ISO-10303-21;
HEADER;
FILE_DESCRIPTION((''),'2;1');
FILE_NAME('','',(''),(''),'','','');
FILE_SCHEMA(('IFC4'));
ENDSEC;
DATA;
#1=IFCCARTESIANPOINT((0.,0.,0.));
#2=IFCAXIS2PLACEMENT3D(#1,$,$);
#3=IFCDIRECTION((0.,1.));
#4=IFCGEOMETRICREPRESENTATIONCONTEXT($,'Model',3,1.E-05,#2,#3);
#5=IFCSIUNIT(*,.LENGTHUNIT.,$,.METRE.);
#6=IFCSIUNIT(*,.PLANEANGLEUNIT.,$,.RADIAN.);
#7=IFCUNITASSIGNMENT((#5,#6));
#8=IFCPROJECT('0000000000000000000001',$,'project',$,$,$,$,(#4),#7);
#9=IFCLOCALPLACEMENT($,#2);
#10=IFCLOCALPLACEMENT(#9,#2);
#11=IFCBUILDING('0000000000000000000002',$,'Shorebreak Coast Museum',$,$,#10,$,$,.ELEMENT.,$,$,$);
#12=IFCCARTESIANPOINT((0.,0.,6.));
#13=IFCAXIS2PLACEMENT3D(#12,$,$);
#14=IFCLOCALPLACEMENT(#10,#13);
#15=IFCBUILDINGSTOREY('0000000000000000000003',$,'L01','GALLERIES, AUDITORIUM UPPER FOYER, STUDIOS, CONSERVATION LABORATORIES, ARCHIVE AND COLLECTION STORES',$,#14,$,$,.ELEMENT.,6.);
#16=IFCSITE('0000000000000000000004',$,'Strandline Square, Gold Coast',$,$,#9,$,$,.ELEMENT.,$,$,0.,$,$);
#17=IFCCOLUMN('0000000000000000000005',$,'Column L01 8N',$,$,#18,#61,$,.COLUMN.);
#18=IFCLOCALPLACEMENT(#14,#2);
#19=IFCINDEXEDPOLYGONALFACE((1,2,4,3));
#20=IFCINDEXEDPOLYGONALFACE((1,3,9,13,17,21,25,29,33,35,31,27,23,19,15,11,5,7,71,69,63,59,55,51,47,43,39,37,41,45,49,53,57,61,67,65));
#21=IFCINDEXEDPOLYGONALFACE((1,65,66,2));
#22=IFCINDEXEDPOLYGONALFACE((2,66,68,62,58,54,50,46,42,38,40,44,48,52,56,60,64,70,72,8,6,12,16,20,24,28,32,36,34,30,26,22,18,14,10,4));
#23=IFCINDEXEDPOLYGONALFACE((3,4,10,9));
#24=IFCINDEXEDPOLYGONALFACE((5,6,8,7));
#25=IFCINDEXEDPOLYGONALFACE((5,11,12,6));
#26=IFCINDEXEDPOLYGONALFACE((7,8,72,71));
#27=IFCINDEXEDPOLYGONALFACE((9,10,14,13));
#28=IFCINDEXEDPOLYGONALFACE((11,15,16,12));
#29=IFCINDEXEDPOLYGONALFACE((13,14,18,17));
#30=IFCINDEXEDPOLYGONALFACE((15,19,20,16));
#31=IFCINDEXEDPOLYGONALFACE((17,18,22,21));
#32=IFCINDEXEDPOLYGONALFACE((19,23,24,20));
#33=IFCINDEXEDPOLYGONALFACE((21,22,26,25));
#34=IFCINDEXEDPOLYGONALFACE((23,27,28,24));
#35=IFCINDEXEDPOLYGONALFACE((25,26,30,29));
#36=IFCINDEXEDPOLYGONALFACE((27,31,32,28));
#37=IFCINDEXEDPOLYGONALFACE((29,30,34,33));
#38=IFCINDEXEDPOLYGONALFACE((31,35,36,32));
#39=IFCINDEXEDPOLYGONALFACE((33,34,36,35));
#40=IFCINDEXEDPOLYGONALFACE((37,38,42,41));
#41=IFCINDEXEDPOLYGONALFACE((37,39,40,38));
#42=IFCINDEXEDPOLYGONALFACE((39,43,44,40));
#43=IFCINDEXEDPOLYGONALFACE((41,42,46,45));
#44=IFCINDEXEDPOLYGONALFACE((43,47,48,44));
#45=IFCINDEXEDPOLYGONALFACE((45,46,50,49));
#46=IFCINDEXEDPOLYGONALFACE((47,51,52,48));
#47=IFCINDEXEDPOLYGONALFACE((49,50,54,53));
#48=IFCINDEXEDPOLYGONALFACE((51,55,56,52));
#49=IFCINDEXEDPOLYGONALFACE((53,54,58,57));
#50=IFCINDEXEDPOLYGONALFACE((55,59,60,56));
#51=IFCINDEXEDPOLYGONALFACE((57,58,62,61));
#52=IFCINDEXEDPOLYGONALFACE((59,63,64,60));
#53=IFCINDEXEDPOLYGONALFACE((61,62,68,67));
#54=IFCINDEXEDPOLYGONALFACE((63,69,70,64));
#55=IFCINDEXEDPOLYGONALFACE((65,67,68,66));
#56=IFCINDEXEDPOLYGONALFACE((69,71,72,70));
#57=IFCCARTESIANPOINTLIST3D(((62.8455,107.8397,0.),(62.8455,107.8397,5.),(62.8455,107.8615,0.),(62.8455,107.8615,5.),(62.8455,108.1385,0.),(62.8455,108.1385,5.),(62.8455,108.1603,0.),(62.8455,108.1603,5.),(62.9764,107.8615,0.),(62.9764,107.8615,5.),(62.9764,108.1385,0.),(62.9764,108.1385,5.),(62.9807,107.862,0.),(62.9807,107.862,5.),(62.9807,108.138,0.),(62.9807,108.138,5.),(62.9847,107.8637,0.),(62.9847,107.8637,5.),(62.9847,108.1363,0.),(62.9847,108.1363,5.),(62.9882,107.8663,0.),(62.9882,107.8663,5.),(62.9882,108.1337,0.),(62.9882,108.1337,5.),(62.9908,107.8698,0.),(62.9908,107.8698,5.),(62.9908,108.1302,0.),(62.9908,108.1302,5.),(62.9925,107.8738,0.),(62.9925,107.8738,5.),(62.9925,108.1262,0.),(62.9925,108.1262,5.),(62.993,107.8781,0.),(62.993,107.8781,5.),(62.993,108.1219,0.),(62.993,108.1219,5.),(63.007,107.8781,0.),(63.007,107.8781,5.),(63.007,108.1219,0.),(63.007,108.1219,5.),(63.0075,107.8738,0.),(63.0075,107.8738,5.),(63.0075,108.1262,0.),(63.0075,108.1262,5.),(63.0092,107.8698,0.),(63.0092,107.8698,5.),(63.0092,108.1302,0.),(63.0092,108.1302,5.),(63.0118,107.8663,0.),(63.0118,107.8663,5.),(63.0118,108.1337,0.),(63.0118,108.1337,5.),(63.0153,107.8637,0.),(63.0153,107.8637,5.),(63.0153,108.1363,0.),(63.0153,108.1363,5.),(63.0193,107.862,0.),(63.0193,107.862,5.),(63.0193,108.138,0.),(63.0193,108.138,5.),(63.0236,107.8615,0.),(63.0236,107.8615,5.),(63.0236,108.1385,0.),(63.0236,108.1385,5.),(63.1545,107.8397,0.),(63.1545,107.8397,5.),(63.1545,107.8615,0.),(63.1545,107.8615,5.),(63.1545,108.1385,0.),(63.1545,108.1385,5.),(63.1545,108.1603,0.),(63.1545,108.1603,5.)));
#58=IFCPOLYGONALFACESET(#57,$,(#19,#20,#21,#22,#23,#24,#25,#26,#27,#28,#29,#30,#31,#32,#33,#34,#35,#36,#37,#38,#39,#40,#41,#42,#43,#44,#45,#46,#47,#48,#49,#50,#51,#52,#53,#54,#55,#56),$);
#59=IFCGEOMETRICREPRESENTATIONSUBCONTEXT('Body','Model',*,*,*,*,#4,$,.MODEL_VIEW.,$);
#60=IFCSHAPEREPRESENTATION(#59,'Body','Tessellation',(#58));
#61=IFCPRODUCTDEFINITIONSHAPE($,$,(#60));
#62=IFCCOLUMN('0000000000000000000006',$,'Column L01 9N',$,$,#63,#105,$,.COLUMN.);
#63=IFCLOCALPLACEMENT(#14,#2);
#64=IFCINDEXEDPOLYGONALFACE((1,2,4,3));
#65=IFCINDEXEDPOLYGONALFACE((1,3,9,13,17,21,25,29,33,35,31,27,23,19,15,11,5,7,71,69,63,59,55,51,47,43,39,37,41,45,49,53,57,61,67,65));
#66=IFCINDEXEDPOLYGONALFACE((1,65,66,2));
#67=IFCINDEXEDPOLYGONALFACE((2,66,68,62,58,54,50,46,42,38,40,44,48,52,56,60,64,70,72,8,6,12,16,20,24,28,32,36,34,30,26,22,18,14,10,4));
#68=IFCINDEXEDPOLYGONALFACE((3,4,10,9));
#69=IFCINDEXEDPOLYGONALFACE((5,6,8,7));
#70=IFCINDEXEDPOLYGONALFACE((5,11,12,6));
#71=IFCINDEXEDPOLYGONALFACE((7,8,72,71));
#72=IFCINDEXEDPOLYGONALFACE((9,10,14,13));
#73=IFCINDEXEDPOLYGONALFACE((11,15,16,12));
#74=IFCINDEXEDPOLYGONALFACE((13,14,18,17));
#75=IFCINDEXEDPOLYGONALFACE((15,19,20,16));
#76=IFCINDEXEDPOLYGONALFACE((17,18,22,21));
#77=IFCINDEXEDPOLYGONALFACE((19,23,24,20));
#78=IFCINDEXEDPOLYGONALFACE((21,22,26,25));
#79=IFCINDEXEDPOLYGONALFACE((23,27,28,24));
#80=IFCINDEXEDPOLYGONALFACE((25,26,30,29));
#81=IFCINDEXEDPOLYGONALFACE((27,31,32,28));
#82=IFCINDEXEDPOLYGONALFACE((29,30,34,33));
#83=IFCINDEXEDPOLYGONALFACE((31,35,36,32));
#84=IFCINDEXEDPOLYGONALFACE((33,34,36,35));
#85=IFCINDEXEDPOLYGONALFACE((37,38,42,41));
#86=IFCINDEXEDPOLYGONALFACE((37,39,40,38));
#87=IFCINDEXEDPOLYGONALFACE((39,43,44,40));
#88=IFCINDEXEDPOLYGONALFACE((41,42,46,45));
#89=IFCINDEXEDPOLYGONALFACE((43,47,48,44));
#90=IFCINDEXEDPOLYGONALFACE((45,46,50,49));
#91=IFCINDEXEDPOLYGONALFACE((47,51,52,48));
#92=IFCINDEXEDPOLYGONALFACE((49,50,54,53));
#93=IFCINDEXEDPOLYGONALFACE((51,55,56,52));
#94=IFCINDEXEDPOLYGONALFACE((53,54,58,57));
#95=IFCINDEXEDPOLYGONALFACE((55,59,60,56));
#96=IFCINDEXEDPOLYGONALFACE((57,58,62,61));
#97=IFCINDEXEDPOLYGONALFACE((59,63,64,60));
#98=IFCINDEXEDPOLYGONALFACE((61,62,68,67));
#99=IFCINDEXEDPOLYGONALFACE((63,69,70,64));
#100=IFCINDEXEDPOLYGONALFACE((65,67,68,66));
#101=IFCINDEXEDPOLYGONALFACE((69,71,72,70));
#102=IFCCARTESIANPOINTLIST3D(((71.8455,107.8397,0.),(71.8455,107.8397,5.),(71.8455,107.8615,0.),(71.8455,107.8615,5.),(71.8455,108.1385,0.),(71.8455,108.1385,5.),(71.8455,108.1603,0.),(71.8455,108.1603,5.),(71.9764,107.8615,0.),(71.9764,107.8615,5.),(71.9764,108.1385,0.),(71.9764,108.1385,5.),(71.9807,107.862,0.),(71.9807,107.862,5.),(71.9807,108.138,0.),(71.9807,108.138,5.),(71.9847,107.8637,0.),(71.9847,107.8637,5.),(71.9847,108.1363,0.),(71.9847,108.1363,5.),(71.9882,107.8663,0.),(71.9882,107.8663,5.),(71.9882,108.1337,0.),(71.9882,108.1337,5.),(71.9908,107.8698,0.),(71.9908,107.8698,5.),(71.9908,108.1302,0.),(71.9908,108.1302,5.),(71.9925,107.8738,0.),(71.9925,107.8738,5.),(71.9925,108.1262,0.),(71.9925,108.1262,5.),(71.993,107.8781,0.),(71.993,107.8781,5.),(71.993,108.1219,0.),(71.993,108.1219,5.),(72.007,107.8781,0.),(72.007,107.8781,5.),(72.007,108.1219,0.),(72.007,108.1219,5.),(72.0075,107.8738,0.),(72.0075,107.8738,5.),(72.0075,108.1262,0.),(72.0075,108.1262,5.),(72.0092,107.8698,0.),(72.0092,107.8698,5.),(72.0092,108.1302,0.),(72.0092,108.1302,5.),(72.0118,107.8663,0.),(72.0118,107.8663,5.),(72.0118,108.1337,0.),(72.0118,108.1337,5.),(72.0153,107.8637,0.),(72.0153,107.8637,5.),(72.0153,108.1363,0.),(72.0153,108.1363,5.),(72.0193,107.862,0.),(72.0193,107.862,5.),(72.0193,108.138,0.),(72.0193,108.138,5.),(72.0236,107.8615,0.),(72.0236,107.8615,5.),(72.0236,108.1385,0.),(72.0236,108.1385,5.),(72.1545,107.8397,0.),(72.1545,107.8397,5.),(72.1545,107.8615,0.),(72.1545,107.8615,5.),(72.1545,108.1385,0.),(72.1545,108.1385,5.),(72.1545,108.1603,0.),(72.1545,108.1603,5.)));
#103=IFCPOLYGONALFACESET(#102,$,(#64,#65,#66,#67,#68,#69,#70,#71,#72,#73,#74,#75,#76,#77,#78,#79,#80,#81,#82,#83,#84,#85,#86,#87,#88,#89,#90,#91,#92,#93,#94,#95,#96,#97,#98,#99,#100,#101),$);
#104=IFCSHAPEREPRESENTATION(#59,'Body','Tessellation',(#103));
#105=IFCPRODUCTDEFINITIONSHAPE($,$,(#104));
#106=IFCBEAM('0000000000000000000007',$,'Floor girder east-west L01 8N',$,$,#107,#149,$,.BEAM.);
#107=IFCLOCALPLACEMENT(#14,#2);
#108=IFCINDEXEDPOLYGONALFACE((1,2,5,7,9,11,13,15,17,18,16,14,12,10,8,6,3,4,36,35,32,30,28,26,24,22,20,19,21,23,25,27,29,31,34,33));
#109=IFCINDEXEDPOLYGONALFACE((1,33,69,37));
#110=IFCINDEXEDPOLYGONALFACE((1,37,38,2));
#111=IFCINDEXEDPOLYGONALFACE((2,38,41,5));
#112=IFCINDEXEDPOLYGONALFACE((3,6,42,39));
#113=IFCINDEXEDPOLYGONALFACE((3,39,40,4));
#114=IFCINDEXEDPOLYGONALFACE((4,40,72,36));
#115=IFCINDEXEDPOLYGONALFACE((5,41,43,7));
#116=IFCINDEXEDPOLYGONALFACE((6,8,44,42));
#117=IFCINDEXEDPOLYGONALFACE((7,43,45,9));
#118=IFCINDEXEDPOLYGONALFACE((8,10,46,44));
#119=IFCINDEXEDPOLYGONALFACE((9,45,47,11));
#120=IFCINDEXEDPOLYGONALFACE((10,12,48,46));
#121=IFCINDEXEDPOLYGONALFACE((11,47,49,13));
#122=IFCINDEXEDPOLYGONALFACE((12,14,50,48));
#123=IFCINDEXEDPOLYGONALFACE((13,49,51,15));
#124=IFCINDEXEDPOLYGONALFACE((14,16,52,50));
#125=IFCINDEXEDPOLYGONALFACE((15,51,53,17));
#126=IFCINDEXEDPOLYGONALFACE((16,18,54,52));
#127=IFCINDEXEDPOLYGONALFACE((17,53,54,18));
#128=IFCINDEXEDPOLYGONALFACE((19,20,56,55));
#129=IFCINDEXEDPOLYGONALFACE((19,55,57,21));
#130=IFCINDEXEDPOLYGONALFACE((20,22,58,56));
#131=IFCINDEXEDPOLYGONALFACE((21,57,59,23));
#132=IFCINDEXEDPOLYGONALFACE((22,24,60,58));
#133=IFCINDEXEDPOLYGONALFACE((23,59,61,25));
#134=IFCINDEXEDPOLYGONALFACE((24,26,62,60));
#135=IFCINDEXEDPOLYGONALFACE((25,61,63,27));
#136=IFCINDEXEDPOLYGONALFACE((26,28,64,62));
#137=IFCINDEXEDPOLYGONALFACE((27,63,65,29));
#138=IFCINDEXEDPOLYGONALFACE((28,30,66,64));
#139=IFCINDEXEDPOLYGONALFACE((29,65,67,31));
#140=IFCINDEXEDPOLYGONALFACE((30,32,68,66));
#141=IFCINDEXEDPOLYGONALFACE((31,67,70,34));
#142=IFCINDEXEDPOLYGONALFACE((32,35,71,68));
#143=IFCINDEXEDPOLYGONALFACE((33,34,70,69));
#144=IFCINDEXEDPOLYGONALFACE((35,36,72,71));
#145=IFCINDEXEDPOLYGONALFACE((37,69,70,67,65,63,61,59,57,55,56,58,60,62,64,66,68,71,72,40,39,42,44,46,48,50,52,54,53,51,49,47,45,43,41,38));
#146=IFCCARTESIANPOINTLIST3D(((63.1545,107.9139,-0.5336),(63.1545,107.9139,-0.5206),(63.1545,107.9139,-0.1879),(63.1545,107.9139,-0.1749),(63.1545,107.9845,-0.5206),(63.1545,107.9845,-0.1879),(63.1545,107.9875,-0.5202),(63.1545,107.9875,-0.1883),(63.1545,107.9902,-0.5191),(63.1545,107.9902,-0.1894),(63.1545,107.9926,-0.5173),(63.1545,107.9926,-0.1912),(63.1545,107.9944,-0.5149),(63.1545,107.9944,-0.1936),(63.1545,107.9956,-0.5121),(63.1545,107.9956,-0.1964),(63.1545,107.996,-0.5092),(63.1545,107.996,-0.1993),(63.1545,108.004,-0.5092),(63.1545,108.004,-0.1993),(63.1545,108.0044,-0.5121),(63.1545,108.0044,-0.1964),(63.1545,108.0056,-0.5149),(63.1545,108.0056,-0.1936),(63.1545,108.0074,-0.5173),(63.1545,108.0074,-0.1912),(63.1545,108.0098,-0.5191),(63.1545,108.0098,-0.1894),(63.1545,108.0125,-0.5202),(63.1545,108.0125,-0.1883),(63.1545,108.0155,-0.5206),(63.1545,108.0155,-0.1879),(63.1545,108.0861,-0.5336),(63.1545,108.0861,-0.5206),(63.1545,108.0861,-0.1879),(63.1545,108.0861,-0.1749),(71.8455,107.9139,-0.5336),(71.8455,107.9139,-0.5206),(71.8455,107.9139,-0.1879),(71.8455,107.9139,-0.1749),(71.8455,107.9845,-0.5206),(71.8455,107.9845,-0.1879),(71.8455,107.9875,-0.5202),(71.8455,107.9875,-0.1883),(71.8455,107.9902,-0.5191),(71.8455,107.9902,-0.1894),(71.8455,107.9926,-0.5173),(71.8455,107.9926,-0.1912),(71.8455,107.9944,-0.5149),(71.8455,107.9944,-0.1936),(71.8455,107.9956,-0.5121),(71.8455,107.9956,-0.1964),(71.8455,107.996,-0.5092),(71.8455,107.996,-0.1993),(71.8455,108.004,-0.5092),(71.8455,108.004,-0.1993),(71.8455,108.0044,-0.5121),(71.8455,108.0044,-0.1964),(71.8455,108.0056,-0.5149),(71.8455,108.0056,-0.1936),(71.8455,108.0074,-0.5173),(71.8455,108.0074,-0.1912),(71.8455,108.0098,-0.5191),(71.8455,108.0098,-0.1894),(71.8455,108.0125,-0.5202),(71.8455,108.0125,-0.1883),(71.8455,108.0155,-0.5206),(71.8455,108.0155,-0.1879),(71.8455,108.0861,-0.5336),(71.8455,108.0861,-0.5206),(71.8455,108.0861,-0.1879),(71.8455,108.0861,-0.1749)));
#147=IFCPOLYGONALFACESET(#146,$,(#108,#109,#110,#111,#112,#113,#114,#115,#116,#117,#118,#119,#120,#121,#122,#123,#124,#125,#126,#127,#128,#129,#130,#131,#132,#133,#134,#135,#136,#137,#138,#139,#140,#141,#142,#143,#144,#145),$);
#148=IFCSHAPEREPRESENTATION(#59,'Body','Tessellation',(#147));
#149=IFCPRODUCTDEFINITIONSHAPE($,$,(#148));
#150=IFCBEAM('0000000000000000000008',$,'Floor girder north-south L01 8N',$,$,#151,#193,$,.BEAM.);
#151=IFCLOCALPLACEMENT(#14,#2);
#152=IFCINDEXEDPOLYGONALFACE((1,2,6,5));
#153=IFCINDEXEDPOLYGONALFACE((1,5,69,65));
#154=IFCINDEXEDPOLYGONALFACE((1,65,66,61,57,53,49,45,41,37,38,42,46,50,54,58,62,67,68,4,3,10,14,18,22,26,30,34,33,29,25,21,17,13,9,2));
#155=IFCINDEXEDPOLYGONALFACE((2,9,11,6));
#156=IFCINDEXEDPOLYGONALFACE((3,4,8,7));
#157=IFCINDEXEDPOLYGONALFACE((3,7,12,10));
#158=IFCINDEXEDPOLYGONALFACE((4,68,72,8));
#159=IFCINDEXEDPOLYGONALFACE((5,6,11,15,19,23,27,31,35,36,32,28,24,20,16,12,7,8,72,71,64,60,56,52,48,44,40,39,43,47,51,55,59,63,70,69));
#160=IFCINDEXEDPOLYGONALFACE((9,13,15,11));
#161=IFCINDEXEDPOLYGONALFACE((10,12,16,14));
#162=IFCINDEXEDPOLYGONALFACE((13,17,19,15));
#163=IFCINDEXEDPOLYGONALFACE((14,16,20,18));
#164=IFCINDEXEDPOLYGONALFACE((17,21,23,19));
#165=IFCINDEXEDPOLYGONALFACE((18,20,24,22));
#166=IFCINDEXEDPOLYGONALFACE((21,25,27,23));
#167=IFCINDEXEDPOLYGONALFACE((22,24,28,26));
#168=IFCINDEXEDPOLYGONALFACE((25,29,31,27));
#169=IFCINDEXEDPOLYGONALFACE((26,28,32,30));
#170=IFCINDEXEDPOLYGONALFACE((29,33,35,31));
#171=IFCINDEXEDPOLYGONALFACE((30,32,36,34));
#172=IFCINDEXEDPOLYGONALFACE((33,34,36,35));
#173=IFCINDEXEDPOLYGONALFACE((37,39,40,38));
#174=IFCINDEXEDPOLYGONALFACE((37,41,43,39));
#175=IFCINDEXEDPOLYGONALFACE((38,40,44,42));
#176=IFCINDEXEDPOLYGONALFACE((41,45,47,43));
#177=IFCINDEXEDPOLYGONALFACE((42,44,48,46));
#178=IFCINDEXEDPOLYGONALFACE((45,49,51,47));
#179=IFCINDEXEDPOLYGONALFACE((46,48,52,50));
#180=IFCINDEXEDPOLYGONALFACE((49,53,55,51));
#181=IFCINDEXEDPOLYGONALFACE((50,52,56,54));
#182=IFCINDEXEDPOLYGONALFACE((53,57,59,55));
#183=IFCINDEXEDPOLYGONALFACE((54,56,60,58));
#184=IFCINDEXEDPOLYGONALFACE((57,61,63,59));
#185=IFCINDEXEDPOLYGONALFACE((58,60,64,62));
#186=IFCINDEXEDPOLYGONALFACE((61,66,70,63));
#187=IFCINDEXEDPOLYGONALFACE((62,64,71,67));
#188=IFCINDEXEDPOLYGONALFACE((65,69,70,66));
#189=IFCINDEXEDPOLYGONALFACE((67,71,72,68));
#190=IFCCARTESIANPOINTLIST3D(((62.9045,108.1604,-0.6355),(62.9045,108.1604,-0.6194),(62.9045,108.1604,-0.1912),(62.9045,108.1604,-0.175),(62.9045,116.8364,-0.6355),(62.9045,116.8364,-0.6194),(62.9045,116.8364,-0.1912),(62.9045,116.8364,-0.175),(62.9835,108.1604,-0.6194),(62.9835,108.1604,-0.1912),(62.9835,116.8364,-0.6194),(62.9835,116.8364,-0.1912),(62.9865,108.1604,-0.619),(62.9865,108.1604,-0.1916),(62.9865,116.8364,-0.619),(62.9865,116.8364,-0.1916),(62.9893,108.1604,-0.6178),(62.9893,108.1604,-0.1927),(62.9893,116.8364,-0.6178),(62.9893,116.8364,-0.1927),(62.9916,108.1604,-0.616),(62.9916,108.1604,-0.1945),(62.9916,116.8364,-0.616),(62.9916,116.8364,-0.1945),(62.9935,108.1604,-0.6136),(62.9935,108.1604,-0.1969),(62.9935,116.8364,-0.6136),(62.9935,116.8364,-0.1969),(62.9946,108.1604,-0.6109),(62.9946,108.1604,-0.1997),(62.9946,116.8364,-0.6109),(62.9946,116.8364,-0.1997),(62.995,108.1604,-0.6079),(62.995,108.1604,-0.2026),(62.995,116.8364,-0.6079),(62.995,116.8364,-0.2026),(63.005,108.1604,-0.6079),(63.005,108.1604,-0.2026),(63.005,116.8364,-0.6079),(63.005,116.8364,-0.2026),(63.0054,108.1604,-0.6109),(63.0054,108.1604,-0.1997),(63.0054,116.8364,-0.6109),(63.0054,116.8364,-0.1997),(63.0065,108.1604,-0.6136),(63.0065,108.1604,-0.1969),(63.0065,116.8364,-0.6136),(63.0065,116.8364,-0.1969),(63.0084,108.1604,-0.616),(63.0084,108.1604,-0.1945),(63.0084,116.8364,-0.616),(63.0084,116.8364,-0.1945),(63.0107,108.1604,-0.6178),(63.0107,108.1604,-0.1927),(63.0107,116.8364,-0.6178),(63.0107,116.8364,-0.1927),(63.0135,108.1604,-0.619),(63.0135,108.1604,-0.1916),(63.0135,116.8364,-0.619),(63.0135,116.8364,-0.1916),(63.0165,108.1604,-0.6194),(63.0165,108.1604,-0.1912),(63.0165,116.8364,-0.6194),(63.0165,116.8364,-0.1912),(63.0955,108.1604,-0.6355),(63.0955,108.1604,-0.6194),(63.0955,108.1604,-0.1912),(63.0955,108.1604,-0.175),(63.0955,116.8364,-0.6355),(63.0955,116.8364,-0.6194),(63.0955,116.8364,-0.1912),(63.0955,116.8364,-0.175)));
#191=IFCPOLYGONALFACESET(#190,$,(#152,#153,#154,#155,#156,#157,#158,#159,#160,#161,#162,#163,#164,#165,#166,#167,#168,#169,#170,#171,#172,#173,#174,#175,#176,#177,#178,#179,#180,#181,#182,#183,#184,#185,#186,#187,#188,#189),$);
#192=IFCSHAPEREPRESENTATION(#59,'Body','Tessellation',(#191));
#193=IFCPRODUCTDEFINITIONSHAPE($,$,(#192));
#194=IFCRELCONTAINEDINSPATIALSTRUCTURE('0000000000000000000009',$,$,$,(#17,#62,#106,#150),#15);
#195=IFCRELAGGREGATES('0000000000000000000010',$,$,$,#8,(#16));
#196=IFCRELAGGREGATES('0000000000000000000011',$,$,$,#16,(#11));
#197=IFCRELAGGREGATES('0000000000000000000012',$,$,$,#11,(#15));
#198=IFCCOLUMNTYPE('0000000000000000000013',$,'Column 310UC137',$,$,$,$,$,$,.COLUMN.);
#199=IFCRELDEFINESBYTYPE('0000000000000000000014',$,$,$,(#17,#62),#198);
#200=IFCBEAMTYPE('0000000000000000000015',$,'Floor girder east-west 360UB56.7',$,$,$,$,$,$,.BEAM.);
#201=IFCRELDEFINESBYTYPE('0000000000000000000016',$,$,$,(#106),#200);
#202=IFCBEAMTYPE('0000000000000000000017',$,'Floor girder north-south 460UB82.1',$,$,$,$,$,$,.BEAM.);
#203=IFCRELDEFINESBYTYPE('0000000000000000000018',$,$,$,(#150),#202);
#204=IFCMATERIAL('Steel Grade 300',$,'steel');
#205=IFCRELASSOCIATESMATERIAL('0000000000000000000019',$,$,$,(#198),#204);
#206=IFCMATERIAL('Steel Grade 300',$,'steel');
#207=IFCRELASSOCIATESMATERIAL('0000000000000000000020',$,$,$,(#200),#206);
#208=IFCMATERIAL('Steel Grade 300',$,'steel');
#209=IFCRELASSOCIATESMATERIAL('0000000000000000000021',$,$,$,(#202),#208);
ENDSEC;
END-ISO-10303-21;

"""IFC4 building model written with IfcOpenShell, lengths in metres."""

from ifc_helpers import new_model, si_unit, direction, frame, origin, origin_2d, place, context, subcontext, project, spatial, i_section, extrude, material, material_profile, profile_set, type_object, element, save


model = new_model("IFC4")

# Units and contexts
model_context = context("Model", 3, precision=1e-05, world=origin(), true_north=direction((0.0, 1.0)))
body_context = subcontext(model_context, "Body", "Model", "MODEL_VIEW")
ifc_project = project(units=[si_unit("LENGTHUNIT", "METRE"), si_unit("PLANEANGLEUNIT", "RADIAN")], contexts=[model_context])

# Site, building, storey
site_placement = place(None, origin())
site = spatial("IfcSite", under=ifc_project, at=site_placement, Name="Strandline Square, Gold Coast", CompositionType="ELEMENT", RefElevation=0.0)
building_placement = place(site_placement, origin())
building = spatial("IfcBuilding", under=site, at=building_placement, Name="Shorebreak Coast Museum", CompositionType="ELEMENT")
storey_placement = place(building_placement, frame((0.0, 0.0, 6.0)))
storey = spatial("IfcBuildingStorey", under=building, at=storey_placement, Name="L01", Description="GALLERIES, AUDITORIUM UPPER FOYER, STUDIOS, CONSERVATION LABORATORIES, ARCHIVE AND COLLECTION STORES", CompositionType="ELEMENT", Elevation=6.0)

# Columns
ifc_material_1 = material(Name="Steel Grade 300", Category="steel")
ifc_material_profile_1 = material_profile(ifc_material_1, i_section(OverallWidth=0.3091, OverallDepth=0.3206, WebThickness=0.0139, FlangeThickness=0.0217, FilletRadius=0.0166, at=origin_2d()), Name="310UC137")
ifc_profile_set_1 = profile_set([ifc_material_profile_1], Name="Steel Grade 300")
column_type = type_object("IfcColumnType", Name="Column 310UC137", PredefinedType="COLUMN", material=ifc_profile_set_1)
for number, where, z_axis, x_axis, name in (
    (1, (63.0, 108.0, 0.0), (0.0, 0.0, 1.0), (1.0, 0.0, 0.0), "Column L01 8N"),
    (2, (72.0, 108.0, 0.0), (0.0, 0.0, 1.0), (1.0, 0.0, 0.0), "Column L01 9N"),
):
    element("IfcColumn", number, at=place(storey_placement, frame(where, z_axis=z_axis, x_axis=x_axis)), inside=storey, type_object=column_type, Name=name, PredefinedType="COLUMN", context=body_context, shape_type="SweptSolid", body=[
        extrude(i_section(OverallWidth=0.3091, OverallDepth=0.3206, WebThickness=0.0139, FlangeThickness=0.0217, FilletRadius=0.0166, at=origin_2d()), origin(), (0.0, 0.0, 1.0), 5.0),
    ])

# Beams
ifc_material_2 = material(Name="Steel Grade 300", Category="steel")
ifc_material_profile_2 = material_profile(ifc_material_2, i_section(OverallWidth=0.1721, OverallDepth=0.3586, WebThickness=0.0081, FlangeThickness=0.0129, FilletRadius=0.0115, at=origin_2d()), Name="360UB56.7")
ifc_profile_set_2 = profile_set([ifc_material_profile_2], Name="Steel Grade 300")
beam_type_1 = type_object("IfcBeamType", Name="Floor girder east-west 360UB56.7", PredefinedType="BEAM", material=ifc_profile_set_2)
beam_placement = place(storey_placement, frame((63.1545, 108.0, -0.3542), z_axis=(1.0, 0.0, 0.0), x_axis=(0.0, 1.0, 0.0)))
element("IfcBeam", 3, at=beam_placement, inside=storey, type_object=beam_type_1, Name="Floor girder east-west L01 8N", PredefinedType="BEAM", context=body_context, shape_type="SweptSolid", body=[
    extrude(i_section(OverallWidth=0.1721, OverallDepth=0.3586, WebThickness=0.0081, FlangeThickness=0.0129, FilletRadius=0.0115, at=origin_2d()), origin(), (0.0, 0.0, 1.0), 8.6909),
])
ifc_material_3 = material(Name="Steel Grade 300", Category="steel")
ifc_material_profile_3 = material_profile(ifc_material_3, i_section(OverallWidth=0.1909, OverallDepth=0.4604, WebThickness=0.01, FlangeThickness=0.0161, FilletRadius=0.0115, at=origin_2d()), Name="460UB82.1")
ifc_profile_set_3 = profile_set([ifc_material_profile_3], Name="Steel Grade 300")
beam_type_2 = type_object("IfcBeamType", Name="Floor girder north-south 460UB82.1", PredefinedType="BEAM", material=ifc_profile_set_3)
for number, where, z_axis, x_axis, name in (
    (4, (63.0, 108.1604, -0.4053), (0.0, 1.0, 0.0), (-1.0, 0.0, 0.0), "Floor girder north-south L01 8N"),
):
    element("IfcBeam", number, at=place(storey_placement, frame(where, z_axis=z_axis, x_axis=x_axis)), inside=storey, type_object=beam_type_2, Name=name, PredefinedType="BEAM", context=body_context, shape_type="SweptSolid", body=[
        extrude(i_section(OverallWidth=0.1909, OverallDepth=0.4604, WebThickness=0.01, FlangeThickness=0.0161, FilletRadius=0.0115, at=origin_2d()), origin(), (0.0, 0.0, 1.0), 8.676),
    ])

save(model, "model.ifc")
